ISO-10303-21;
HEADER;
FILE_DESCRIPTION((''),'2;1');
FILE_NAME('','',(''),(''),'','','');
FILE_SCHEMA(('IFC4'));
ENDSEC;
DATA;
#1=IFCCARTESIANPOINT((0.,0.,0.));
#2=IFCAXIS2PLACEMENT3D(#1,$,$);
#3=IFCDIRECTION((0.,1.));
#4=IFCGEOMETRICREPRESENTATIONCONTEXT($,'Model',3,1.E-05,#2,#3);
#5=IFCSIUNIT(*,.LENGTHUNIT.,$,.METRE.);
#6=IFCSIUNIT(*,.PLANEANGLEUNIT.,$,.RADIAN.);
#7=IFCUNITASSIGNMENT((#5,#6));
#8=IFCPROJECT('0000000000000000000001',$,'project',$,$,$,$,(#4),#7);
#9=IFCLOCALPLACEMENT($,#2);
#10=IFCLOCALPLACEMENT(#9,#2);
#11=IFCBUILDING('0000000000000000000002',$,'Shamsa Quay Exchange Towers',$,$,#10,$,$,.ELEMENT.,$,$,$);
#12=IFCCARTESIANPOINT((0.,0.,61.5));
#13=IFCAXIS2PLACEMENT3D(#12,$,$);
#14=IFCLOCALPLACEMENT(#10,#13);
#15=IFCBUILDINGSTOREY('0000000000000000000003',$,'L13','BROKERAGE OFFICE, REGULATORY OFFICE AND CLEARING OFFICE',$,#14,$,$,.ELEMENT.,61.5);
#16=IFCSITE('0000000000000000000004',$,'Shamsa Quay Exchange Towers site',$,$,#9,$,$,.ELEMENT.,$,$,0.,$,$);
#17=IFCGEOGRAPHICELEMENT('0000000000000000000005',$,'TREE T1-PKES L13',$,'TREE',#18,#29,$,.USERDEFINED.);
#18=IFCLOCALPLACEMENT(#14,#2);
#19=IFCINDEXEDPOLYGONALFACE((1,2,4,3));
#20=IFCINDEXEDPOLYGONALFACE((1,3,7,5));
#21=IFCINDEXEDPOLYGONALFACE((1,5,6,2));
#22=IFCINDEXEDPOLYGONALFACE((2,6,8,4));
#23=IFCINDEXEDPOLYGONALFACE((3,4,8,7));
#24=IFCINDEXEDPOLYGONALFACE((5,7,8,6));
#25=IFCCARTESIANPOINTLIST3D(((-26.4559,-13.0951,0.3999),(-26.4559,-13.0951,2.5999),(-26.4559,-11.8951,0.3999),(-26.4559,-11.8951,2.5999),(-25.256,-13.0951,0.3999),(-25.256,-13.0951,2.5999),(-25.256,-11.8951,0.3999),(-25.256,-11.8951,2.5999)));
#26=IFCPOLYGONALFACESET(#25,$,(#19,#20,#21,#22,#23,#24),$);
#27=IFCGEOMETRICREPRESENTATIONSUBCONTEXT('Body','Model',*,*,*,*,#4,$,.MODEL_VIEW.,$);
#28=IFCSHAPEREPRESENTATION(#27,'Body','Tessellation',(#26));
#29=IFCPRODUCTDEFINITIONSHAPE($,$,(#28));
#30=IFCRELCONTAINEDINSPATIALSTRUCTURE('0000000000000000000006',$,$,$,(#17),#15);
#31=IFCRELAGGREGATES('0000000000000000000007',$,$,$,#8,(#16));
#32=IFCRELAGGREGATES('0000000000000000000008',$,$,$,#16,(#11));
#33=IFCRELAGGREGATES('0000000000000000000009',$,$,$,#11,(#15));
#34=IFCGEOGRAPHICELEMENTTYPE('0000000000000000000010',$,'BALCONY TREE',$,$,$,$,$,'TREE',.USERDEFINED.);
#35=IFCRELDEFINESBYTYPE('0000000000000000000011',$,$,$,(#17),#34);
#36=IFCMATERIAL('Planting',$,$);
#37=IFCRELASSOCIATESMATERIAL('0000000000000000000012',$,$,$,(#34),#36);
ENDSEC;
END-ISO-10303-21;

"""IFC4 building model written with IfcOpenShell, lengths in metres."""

from ifc_helpers import new_model, si_unit, direction, frame, origin, origin_2d, place, context, subcontext, project, spatial, rectangle, extrude, material, type_object, element, save


model = new_model("IFC4")

# Units and contexts
model_context = context("Model", 3, precision=1e-05, world=origin(), true_north=direction((0.0, 1.0)))
body_context = subcontext(model_context, "Body", "Model", "MODEL_VIEW")
ifc_project = project(units=[si_unit("LENGTHUNIT", "METRE"), si_unit("PLANEANGLEUNIT", "RADIAN")], contexts=[model_context])

# Site, building, storey
site_placement = place(None, origin())
site = spatial("IfcSite", under=ifc_project, at=site_placement, Name="Shamsa Quay Exchange Towers site", CompositionType="ELEMENT", RefElevation=0.0)
building_placement = place(site_placement, origin())
building = spatial("IfcBuilding", under=site, at=building_placement, Name="Shamsa Quay Exchange Towers", CompositionType="ELEMENT")
storey_placement = place(building_placement, frame((0.0, 0.0, 61.5)))
storey = spatial("IfcBuildingStorey", under=building, at=storey_placement, Name="L13", Description="BROKERAGE OFFICE, REGULATORY OFFICE AND CLEARING OFFICE", CompositionType="ELEMENT", Elevation=61.5)

# Geographic element
ifc_material_1 = material(Name="Planting")
geographic_element_type = type_object("IfcGeographicElementType", Name="BALCONY TREE", ElementType="TREE", PredefinedType="USERDEFINED", material=ifc_material_1)
geographic_element_placement = place(storey_placement, frame((-25.856, -12.4951, 0.3999)))
element("IfcGeographicElement", 1, at=geographic_element_placement, inside=storey, type_object=geographic_element_type, Name="TREE T1-PKES L13", ObjectType="TREE", PredefinedType="USERDEFINED", context=body_context, shape_type="SweptSolid", body=[
    extrude(rectangle(XDim=1.2, YDim=1.2, at=origin_2d()), origin(), (0.0, 0.0, 1.0), 2.2),
])

save(model, "model.ifc")
